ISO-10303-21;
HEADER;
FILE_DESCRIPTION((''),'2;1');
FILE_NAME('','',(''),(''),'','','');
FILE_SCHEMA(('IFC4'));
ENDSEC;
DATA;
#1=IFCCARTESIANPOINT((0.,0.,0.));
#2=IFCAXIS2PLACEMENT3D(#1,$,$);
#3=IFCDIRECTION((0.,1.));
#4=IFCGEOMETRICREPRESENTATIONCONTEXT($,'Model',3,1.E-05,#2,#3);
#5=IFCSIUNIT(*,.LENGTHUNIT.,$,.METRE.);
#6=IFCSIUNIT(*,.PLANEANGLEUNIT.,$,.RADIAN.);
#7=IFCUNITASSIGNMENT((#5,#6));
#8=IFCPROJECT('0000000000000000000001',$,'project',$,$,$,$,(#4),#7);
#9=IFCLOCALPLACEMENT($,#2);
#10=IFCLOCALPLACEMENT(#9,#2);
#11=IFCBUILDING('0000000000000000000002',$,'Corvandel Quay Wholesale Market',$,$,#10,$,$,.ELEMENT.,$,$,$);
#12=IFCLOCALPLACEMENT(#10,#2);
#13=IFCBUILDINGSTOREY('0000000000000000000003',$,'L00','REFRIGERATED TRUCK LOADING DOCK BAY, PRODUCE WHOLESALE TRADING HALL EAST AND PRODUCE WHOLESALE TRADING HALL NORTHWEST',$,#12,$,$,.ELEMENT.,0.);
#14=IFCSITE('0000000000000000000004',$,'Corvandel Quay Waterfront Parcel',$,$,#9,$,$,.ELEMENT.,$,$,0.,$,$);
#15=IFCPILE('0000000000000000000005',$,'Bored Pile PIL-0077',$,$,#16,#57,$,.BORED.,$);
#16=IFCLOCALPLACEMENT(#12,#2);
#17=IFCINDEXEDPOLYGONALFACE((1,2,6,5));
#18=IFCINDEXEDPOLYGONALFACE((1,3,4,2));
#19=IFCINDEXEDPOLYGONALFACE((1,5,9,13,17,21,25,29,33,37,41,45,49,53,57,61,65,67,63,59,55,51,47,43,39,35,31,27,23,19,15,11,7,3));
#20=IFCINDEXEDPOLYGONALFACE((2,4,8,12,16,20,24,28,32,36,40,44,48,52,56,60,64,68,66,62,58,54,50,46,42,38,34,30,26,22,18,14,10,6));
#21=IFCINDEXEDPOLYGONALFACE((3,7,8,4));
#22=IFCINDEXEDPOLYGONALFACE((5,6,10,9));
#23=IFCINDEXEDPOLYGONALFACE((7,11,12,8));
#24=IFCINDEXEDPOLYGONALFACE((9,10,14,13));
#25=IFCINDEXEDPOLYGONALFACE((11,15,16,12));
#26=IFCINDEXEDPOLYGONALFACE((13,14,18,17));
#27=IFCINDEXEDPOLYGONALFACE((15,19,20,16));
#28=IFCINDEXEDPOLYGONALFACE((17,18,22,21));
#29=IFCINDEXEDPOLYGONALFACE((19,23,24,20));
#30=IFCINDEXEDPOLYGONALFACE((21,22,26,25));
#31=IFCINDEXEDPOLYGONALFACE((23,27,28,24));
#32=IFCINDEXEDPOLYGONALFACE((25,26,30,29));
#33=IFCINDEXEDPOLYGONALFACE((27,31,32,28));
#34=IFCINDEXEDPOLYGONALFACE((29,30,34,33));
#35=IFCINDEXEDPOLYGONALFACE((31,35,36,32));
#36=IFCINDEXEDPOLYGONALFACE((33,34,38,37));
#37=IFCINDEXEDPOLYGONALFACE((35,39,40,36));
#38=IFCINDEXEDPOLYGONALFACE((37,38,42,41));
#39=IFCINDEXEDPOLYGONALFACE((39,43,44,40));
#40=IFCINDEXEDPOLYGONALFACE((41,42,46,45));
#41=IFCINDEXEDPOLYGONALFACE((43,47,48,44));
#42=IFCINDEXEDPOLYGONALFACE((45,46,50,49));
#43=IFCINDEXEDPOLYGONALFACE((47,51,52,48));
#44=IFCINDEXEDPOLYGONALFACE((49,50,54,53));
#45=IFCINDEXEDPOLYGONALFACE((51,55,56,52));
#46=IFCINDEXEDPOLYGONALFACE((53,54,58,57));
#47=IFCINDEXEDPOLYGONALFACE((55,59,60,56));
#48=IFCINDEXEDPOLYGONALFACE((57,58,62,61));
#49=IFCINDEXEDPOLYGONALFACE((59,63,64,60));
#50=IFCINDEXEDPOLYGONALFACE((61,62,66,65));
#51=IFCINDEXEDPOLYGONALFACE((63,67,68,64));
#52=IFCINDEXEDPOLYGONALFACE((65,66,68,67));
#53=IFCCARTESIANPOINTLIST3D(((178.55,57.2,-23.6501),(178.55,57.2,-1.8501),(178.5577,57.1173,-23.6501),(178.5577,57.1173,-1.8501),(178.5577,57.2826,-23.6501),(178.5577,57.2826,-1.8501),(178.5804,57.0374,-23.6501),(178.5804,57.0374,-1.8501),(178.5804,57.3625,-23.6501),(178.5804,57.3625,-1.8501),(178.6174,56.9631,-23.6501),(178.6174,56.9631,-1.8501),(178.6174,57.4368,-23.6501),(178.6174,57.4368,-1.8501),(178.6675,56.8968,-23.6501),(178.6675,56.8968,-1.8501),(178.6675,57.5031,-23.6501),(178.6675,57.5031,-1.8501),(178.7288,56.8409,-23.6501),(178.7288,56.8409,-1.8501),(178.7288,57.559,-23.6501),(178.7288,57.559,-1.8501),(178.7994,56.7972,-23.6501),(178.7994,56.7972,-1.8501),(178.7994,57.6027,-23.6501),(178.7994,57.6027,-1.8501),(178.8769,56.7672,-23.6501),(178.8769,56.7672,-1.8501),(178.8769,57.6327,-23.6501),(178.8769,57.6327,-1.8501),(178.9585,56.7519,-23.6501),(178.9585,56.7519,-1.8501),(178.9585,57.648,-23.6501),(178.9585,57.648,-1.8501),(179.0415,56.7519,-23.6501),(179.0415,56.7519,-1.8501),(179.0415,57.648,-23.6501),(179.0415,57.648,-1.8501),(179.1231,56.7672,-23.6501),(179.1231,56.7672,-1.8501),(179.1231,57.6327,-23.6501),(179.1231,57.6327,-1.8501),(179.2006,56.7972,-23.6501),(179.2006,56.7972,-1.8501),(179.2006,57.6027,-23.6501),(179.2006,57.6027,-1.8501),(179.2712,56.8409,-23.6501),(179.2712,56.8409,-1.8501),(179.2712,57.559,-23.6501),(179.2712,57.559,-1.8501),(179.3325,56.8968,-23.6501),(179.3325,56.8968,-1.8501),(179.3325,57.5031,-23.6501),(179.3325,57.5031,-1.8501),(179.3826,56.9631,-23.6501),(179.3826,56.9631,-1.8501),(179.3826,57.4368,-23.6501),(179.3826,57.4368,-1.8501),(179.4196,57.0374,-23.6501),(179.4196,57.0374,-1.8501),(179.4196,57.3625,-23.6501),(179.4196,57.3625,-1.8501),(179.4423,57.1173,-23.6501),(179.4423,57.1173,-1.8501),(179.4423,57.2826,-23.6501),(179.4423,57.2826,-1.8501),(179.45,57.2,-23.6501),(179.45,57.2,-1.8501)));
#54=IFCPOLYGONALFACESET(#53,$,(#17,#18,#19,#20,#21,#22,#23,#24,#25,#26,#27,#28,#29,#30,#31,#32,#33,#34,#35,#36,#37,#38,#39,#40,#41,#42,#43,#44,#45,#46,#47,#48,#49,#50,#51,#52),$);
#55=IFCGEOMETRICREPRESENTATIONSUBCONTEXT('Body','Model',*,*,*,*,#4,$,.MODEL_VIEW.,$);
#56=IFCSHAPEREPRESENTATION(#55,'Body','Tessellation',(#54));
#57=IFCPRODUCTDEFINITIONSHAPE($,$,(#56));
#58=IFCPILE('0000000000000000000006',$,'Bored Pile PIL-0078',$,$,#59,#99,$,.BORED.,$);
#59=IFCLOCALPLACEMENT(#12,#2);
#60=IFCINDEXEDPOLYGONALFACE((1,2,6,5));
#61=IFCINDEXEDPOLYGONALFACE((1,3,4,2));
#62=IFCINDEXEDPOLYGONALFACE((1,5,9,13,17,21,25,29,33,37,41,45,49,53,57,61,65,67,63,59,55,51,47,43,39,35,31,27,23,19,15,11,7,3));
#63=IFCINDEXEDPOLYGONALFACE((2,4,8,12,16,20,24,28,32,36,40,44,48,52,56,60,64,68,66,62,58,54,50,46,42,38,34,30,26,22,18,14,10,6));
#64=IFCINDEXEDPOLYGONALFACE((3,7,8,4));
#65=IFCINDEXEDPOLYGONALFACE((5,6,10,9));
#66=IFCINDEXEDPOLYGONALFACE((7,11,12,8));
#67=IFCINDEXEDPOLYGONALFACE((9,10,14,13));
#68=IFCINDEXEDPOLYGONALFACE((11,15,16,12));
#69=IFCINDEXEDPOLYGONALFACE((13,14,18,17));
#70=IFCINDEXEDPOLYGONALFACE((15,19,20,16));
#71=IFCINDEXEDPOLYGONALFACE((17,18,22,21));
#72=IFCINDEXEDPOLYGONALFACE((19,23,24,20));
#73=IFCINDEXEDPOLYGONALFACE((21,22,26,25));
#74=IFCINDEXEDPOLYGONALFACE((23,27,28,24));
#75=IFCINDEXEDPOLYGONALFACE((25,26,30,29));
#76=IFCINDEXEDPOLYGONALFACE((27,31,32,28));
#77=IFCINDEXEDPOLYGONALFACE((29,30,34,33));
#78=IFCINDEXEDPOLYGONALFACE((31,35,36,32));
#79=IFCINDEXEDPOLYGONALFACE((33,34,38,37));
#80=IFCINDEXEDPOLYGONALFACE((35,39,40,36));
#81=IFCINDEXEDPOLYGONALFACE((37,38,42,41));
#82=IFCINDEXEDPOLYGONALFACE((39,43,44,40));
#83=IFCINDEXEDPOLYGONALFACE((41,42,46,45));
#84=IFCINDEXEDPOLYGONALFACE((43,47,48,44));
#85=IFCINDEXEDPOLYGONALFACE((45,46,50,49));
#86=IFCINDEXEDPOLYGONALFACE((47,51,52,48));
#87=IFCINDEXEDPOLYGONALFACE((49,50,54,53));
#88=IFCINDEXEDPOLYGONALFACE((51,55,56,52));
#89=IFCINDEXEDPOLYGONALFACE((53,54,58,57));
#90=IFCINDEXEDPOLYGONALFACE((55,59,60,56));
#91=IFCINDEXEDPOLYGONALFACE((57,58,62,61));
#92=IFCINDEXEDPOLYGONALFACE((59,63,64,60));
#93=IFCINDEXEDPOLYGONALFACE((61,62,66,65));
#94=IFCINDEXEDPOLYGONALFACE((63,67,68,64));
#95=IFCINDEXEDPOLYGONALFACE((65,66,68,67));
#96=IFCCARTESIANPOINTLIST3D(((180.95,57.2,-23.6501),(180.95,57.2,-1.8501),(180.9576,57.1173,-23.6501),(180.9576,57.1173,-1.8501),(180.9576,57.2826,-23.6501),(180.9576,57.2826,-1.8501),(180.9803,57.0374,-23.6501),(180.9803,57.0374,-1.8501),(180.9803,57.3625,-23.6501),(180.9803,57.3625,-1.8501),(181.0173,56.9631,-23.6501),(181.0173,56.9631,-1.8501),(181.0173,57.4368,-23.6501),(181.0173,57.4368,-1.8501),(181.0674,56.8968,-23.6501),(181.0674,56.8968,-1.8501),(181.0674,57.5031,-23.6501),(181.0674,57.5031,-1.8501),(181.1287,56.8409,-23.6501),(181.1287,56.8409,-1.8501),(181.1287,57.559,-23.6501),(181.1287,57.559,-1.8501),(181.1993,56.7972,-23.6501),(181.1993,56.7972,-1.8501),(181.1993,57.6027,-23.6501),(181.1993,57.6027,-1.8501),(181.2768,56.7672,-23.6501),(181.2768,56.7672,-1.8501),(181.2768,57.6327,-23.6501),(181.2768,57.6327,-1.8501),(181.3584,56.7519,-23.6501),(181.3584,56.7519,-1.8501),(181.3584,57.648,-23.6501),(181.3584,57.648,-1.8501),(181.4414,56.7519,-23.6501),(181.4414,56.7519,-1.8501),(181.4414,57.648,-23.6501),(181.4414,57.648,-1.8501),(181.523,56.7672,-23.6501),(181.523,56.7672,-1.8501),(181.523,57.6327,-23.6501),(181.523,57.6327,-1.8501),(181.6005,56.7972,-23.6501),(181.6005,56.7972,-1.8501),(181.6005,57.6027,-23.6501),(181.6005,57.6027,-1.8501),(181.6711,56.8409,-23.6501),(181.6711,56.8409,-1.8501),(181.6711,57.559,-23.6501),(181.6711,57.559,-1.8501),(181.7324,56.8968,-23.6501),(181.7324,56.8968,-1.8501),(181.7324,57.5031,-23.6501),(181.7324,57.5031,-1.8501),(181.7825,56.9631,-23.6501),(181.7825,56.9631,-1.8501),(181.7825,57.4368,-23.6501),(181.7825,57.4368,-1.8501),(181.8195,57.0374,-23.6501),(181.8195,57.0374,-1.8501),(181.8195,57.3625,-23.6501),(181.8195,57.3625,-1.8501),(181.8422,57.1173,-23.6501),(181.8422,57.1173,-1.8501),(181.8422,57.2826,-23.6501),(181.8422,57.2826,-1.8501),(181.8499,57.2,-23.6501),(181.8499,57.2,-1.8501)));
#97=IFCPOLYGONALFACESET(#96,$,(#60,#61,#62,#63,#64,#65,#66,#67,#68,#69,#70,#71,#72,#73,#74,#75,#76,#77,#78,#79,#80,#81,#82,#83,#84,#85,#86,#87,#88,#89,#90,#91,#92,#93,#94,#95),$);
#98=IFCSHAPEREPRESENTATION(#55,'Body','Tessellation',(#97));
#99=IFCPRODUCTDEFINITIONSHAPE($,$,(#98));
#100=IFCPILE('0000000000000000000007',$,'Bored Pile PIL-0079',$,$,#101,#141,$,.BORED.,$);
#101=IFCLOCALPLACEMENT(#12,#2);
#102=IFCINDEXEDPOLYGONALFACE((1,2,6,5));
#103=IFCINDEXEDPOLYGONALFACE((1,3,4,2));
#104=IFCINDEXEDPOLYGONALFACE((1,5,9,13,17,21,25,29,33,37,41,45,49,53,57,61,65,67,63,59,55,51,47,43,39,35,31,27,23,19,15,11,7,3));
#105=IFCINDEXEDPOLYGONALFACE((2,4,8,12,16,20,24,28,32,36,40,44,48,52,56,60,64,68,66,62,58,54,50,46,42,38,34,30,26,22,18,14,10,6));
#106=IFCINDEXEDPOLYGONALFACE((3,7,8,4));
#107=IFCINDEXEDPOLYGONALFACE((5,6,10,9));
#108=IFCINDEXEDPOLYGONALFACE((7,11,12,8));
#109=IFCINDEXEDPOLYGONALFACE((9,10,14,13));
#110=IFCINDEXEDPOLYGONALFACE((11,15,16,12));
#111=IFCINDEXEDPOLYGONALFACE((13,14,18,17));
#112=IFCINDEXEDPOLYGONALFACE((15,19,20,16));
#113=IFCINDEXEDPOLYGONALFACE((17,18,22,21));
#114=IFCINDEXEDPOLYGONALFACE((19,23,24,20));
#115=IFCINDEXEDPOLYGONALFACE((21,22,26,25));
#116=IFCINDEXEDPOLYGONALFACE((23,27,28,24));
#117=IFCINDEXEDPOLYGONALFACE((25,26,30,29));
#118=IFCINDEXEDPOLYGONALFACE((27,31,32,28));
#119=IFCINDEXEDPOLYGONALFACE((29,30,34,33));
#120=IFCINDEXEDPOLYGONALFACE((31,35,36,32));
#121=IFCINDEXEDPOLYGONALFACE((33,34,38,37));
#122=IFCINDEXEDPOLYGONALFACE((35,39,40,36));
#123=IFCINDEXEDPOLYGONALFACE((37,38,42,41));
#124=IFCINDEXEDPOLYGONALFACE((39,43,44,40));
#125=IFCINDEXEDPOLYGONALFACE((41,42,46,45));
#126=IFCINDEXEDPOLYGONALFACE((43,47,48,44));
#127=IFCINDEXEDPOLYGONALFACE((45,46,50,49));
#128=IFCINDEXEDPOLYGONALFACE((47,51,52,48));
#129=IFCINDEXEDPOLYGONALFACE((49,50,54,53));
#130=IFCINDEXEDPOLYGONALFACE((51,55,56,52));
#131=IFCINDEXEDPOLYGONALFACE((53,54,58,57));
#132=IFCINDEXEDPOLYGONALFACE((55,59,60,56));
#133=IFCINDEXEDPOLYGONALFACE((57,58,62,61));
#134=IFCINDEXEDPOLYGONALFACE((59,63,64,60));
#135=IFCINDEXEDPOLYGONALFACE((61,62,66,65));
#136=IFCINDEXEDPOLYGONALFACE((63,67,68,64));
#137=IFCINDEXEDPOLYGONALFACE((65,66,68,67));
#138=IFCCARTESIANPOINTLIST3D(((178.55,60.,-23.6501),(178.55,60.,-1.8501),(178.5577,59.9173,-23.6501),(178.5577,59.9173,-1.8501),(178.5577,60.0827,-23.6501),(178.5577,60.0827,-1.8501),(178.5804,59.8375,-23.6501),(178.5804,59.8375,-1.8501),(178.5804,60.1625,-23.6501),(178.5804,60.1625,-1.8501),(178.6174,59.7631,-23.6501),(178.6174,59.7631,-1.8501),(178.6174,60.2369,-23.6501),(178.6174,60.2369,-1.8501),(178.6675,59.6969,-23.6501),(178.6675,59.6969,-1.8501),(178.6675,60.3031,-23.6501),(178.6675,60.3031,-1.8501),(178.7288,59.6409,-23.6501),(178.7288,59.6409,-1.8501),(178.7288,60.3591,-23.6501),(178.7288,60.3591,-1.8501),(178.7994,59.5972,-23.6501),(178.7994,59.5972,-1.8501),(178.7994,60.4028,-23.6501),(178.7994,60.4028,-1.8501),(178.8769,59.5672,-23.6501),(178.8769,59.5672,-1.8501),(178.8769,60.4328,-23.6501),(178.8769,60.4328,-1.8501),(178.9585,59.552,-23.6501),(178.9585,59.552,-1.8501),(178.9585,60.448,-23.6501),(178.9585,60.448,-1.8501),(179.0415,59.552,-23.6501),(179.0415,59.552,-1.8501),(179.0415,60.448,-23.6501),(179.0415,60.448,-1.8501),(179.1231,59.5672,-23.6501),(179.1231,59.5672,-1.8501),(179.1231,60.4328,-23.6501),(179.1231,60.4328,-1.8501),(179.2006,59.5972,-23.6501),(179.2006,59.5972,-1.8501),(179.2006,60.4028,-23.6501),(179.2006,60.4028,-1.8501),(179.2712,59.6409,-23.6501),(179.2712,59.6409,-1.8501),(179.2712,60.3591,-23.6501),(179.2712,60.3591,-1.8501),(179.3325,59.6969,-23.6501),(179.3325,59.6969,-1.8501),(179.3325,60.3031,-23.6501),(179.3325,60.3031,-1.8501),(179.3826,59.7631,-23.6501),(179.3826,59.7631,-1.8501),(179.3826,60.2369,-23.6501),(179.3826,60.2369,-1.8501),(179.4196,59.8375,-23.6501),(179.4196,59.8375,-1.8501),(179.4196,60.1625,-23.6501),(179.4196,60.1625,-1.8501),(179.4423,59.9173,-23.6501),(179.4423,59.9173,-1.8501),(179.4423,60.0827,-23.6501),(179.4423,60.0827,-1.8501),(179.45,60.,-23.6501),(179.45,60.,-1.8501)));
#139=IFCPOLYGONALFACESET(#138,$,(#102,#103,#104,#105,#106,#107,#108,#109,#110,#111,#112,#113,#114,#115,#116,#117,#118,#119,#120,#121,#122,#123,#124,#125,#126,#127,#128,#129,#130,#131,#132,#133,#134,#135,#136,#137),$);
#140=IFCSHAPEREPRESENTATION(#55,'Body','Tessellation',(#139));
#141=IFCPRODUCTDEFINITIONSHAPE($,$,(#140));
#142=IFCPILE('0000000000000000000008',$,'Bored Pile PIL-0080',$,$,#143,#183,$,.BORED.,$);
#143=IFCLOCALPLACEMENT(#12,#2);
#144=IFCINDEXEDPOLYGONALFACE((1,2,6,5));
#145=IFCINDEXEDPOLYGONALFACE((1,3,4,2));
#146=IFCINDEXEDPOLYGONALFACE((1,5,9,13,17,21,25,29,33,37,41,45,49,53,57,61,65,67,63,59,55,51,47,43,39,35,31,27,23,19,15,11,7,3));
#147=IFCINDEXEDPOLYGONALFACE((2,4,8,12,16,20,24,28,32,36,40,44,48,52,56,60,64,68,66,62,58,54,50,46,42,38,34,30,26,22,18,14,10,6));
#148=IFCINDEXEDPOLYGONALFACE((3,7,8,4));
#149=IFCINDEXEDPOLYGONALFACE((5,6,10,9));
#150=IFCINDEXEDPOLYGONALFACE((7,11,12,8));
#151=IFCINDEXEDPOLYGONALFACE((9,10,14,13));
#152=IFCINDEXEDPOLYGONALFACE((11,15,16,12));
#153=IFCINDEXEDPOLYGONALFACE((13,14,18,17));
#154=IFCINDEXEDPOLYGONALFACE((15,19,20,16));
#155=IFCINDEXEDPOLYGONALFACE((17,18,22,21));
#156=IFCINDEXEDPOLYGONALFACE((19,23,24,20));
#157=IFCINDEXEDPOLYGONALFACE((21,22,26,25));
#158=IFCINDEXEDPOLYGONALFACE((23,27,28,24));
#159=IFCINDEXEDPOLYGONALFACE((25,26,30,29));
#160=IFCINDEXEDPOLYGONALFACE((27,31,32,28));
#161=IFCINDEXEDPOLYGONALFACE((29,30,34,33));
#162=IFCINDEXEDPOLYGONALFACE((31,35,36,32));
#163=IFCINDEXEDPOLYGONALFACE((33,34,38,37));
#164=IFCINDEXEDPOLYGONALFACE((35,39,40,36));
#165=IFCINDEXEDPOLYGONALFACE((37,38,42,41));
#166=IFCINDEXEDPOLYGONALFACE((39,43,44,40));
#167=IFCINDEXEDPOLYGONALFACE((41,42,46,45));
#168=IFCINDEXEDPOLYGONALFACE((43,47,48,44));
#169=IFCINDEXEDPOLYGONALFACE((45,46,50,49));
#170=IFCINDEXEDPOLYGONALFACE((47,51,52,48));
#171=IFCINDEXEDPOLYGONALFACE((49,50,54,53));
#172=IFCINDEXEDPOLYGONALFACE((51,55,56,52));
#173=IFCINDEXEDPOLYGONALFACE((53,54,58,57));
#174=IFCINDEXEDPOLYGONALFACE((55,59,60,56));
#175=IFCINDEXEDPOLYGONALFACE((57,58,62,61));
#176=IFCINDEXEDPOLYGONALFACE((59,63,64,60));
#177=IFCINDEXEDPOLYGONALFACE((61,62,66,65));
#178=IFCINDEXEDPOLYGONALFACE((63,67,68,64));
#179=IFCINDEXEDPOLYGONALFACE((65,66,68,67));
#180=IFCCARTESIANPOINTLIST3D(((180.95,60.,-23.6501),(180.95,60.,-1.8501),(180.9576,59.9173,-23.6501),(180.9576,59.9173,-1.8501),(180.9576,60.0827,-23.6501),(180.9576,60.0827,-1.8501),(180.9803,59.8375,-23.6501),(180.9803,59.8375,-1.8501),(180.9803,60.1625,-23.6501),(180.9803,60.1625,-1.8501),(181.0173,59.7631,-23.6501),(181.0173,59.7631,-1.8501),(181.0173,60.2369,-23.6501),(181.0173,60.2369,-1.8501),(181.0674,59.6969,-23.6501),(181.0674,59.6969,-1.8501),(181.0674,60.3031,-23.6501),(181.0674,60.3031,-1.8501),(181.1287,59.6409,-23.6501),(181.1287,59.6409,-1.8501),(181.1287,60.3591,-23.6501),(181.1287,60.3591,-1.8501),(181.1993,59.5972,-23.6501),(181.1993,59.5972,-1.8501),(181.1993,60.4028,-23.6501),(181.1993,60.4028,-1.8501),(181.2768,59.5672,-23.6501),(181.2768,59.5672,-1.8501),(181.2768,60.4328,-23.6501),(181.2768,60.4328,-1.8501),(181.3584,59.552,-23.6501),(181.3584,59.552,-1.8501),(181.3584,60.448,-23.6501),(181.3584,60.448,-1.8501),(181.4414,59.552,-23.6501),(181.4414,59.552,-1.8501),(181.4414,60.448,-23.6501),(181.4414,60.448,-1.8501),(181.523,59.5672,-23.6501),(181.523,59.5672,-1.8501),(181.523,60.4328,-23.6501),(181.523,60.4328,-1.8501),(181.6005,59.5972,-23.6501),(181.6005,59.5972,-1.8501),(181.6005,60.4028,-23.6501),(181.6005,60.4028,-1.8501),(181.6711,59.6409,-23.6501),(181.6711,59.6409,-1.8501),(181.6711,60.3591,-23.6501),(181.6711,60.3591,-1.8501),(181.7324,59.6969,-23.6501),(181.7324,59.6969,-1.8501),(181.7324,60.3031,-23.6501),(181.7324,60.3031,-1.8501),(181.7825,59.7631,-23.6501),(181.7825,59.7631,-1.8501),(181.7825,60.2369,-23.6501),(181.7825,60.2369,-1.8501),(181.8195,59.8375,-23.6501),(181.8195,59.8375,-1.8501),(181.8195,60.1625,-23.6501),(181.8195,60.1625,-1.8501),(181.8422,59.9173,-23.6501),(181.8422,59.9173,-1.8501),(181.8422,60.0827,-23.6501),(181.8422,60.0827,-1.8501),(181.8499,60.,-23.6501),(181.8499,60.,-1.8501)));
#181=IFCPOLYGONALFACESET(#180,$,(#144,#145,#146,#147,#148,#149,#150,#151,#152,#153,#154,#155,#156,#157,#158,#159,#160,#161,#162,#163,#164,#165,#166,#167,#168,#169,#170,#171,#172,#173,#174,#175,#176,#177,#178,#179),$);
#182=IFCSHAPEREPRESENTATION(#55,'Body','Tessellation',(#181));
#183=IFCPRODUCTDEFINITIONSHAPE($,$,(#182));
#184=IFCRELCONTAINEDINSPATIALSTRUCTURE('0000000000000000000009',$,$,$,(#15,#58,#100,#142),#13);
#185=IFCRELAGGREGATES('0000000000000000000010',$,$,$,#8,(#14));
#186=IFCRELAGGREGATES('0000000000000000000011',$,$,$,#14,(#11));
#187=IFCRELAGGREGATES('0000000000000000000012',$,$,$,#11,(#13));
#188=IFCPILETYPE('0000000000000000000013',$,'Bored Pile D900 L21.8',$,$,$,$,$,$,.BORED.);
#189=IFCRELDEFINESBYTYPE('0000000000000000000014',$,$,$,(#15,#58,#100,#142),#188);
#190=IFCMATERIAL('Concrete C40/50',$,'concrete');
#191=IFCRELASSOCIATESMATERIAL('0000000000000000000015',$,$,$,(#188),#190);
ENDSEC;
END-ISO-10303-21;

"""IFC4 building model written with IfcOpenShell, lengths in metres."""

from ifc_helpers import new_model, si_unit, direction, frame, origin, origin_2d, place, context, subcontext, project, spatial, circle, extrude, material, material_profile, profile_set, type_object, element, save


model = new_model("IFC4")

# Units and contexts
model_context = context("Model", 3, precision=1e-05, world=origin(), true_north=direction((0.0, 1.0)))
body_context = subcontext(model_context, "Body", "Model", "MODEL_VIEW")
ifc_project = project(units=[si_unit("LENGTHUNIT", "METRE"), si_unit("PLANEANGLEUNIT", "RADIAN")], contexts=[model_context])

# Site, building, storey
site_placement = place(None, origin())
site = spatial("IfcSite", under=ifc_project, at=site_placement, Name="Corvandel Quay Waterfront Parcel", CompositionType="ELEMENT", RefElevation=0.0)
building_placement = place(site_placement, origin())
building = spatial("IfcBuilding", under=site, at=building_placement, Name="Corvandel Quay Wholesale Market", CompositionType="ELEMENT")
storey_placement = place(building_placement, origin())
storey = spatial("IfcBuildingStorey", under=building, at=storey_placement, Name="L00", Description="REFRIGERATED TRUCK LOADING DOCK BAY, PRODUCE WHOLESALE TRADING HALL EAST AND PRODUCE WHOLESALE TRADING HALL NORTHWEST", CompositionType="ELEMENT", Elevation=0.0)

# Piles
ifc_material_1 = material(Name="Concrete C40/50", Category="concrete")
ifc_material_profile = material_profile(ifc_material_1, circle(Radius=0.45, at=origin_2d()), Name="RC-PILE-D900")
ifc_profile_set = profile_set([ifc_material_profile], Name="Concrete C40/50")
pile_type = type_object("IfcPileType", Name="Bored Pile D900 L21.8", PredefinedType="BORED", material=ifc_profile_set)
for number, where, z_axis, x_axis, name in (
    (1, (179.0, 57.2, -1.8501), (0.0, 0.0, -1.0), (1.0, 0.0, 0.0), "Bored Pile PIL-0077"),
    (2, (181.3999, 57.2, -1.8501), (0.0, 0.0, -1.0), (1.0, 0.0, 0.0), "Bored Pile PIL-0078"),
    (3, (179.0, 60.0, -1.8501), (0.0, 0.0, -1.0), (1.0, 0.0, 0.0), "Bored Pile PIL-0079"),
    (4, (181.3999, 60.0, -1.8501), (0.0, 0.0, -1.0), (1.0, 0.0, 0.0), "Bored Pile PIL-0080"),
):
    element("IfcPile", number, at=place(storey_placement, frame(where, z_axis=z_axis, x_axis=x_axis)), inside=storey, type_object=pile_type, Name=name, PredefinedType="BORED", context=body_context, shape_type="SweptSolid", body=[
        extrude(circle(Radius=0.45, at=origin_2d()), origin(), (0.0, 0.0, 1.0), 21.8),
    ])

save(model, "model.ifc")
